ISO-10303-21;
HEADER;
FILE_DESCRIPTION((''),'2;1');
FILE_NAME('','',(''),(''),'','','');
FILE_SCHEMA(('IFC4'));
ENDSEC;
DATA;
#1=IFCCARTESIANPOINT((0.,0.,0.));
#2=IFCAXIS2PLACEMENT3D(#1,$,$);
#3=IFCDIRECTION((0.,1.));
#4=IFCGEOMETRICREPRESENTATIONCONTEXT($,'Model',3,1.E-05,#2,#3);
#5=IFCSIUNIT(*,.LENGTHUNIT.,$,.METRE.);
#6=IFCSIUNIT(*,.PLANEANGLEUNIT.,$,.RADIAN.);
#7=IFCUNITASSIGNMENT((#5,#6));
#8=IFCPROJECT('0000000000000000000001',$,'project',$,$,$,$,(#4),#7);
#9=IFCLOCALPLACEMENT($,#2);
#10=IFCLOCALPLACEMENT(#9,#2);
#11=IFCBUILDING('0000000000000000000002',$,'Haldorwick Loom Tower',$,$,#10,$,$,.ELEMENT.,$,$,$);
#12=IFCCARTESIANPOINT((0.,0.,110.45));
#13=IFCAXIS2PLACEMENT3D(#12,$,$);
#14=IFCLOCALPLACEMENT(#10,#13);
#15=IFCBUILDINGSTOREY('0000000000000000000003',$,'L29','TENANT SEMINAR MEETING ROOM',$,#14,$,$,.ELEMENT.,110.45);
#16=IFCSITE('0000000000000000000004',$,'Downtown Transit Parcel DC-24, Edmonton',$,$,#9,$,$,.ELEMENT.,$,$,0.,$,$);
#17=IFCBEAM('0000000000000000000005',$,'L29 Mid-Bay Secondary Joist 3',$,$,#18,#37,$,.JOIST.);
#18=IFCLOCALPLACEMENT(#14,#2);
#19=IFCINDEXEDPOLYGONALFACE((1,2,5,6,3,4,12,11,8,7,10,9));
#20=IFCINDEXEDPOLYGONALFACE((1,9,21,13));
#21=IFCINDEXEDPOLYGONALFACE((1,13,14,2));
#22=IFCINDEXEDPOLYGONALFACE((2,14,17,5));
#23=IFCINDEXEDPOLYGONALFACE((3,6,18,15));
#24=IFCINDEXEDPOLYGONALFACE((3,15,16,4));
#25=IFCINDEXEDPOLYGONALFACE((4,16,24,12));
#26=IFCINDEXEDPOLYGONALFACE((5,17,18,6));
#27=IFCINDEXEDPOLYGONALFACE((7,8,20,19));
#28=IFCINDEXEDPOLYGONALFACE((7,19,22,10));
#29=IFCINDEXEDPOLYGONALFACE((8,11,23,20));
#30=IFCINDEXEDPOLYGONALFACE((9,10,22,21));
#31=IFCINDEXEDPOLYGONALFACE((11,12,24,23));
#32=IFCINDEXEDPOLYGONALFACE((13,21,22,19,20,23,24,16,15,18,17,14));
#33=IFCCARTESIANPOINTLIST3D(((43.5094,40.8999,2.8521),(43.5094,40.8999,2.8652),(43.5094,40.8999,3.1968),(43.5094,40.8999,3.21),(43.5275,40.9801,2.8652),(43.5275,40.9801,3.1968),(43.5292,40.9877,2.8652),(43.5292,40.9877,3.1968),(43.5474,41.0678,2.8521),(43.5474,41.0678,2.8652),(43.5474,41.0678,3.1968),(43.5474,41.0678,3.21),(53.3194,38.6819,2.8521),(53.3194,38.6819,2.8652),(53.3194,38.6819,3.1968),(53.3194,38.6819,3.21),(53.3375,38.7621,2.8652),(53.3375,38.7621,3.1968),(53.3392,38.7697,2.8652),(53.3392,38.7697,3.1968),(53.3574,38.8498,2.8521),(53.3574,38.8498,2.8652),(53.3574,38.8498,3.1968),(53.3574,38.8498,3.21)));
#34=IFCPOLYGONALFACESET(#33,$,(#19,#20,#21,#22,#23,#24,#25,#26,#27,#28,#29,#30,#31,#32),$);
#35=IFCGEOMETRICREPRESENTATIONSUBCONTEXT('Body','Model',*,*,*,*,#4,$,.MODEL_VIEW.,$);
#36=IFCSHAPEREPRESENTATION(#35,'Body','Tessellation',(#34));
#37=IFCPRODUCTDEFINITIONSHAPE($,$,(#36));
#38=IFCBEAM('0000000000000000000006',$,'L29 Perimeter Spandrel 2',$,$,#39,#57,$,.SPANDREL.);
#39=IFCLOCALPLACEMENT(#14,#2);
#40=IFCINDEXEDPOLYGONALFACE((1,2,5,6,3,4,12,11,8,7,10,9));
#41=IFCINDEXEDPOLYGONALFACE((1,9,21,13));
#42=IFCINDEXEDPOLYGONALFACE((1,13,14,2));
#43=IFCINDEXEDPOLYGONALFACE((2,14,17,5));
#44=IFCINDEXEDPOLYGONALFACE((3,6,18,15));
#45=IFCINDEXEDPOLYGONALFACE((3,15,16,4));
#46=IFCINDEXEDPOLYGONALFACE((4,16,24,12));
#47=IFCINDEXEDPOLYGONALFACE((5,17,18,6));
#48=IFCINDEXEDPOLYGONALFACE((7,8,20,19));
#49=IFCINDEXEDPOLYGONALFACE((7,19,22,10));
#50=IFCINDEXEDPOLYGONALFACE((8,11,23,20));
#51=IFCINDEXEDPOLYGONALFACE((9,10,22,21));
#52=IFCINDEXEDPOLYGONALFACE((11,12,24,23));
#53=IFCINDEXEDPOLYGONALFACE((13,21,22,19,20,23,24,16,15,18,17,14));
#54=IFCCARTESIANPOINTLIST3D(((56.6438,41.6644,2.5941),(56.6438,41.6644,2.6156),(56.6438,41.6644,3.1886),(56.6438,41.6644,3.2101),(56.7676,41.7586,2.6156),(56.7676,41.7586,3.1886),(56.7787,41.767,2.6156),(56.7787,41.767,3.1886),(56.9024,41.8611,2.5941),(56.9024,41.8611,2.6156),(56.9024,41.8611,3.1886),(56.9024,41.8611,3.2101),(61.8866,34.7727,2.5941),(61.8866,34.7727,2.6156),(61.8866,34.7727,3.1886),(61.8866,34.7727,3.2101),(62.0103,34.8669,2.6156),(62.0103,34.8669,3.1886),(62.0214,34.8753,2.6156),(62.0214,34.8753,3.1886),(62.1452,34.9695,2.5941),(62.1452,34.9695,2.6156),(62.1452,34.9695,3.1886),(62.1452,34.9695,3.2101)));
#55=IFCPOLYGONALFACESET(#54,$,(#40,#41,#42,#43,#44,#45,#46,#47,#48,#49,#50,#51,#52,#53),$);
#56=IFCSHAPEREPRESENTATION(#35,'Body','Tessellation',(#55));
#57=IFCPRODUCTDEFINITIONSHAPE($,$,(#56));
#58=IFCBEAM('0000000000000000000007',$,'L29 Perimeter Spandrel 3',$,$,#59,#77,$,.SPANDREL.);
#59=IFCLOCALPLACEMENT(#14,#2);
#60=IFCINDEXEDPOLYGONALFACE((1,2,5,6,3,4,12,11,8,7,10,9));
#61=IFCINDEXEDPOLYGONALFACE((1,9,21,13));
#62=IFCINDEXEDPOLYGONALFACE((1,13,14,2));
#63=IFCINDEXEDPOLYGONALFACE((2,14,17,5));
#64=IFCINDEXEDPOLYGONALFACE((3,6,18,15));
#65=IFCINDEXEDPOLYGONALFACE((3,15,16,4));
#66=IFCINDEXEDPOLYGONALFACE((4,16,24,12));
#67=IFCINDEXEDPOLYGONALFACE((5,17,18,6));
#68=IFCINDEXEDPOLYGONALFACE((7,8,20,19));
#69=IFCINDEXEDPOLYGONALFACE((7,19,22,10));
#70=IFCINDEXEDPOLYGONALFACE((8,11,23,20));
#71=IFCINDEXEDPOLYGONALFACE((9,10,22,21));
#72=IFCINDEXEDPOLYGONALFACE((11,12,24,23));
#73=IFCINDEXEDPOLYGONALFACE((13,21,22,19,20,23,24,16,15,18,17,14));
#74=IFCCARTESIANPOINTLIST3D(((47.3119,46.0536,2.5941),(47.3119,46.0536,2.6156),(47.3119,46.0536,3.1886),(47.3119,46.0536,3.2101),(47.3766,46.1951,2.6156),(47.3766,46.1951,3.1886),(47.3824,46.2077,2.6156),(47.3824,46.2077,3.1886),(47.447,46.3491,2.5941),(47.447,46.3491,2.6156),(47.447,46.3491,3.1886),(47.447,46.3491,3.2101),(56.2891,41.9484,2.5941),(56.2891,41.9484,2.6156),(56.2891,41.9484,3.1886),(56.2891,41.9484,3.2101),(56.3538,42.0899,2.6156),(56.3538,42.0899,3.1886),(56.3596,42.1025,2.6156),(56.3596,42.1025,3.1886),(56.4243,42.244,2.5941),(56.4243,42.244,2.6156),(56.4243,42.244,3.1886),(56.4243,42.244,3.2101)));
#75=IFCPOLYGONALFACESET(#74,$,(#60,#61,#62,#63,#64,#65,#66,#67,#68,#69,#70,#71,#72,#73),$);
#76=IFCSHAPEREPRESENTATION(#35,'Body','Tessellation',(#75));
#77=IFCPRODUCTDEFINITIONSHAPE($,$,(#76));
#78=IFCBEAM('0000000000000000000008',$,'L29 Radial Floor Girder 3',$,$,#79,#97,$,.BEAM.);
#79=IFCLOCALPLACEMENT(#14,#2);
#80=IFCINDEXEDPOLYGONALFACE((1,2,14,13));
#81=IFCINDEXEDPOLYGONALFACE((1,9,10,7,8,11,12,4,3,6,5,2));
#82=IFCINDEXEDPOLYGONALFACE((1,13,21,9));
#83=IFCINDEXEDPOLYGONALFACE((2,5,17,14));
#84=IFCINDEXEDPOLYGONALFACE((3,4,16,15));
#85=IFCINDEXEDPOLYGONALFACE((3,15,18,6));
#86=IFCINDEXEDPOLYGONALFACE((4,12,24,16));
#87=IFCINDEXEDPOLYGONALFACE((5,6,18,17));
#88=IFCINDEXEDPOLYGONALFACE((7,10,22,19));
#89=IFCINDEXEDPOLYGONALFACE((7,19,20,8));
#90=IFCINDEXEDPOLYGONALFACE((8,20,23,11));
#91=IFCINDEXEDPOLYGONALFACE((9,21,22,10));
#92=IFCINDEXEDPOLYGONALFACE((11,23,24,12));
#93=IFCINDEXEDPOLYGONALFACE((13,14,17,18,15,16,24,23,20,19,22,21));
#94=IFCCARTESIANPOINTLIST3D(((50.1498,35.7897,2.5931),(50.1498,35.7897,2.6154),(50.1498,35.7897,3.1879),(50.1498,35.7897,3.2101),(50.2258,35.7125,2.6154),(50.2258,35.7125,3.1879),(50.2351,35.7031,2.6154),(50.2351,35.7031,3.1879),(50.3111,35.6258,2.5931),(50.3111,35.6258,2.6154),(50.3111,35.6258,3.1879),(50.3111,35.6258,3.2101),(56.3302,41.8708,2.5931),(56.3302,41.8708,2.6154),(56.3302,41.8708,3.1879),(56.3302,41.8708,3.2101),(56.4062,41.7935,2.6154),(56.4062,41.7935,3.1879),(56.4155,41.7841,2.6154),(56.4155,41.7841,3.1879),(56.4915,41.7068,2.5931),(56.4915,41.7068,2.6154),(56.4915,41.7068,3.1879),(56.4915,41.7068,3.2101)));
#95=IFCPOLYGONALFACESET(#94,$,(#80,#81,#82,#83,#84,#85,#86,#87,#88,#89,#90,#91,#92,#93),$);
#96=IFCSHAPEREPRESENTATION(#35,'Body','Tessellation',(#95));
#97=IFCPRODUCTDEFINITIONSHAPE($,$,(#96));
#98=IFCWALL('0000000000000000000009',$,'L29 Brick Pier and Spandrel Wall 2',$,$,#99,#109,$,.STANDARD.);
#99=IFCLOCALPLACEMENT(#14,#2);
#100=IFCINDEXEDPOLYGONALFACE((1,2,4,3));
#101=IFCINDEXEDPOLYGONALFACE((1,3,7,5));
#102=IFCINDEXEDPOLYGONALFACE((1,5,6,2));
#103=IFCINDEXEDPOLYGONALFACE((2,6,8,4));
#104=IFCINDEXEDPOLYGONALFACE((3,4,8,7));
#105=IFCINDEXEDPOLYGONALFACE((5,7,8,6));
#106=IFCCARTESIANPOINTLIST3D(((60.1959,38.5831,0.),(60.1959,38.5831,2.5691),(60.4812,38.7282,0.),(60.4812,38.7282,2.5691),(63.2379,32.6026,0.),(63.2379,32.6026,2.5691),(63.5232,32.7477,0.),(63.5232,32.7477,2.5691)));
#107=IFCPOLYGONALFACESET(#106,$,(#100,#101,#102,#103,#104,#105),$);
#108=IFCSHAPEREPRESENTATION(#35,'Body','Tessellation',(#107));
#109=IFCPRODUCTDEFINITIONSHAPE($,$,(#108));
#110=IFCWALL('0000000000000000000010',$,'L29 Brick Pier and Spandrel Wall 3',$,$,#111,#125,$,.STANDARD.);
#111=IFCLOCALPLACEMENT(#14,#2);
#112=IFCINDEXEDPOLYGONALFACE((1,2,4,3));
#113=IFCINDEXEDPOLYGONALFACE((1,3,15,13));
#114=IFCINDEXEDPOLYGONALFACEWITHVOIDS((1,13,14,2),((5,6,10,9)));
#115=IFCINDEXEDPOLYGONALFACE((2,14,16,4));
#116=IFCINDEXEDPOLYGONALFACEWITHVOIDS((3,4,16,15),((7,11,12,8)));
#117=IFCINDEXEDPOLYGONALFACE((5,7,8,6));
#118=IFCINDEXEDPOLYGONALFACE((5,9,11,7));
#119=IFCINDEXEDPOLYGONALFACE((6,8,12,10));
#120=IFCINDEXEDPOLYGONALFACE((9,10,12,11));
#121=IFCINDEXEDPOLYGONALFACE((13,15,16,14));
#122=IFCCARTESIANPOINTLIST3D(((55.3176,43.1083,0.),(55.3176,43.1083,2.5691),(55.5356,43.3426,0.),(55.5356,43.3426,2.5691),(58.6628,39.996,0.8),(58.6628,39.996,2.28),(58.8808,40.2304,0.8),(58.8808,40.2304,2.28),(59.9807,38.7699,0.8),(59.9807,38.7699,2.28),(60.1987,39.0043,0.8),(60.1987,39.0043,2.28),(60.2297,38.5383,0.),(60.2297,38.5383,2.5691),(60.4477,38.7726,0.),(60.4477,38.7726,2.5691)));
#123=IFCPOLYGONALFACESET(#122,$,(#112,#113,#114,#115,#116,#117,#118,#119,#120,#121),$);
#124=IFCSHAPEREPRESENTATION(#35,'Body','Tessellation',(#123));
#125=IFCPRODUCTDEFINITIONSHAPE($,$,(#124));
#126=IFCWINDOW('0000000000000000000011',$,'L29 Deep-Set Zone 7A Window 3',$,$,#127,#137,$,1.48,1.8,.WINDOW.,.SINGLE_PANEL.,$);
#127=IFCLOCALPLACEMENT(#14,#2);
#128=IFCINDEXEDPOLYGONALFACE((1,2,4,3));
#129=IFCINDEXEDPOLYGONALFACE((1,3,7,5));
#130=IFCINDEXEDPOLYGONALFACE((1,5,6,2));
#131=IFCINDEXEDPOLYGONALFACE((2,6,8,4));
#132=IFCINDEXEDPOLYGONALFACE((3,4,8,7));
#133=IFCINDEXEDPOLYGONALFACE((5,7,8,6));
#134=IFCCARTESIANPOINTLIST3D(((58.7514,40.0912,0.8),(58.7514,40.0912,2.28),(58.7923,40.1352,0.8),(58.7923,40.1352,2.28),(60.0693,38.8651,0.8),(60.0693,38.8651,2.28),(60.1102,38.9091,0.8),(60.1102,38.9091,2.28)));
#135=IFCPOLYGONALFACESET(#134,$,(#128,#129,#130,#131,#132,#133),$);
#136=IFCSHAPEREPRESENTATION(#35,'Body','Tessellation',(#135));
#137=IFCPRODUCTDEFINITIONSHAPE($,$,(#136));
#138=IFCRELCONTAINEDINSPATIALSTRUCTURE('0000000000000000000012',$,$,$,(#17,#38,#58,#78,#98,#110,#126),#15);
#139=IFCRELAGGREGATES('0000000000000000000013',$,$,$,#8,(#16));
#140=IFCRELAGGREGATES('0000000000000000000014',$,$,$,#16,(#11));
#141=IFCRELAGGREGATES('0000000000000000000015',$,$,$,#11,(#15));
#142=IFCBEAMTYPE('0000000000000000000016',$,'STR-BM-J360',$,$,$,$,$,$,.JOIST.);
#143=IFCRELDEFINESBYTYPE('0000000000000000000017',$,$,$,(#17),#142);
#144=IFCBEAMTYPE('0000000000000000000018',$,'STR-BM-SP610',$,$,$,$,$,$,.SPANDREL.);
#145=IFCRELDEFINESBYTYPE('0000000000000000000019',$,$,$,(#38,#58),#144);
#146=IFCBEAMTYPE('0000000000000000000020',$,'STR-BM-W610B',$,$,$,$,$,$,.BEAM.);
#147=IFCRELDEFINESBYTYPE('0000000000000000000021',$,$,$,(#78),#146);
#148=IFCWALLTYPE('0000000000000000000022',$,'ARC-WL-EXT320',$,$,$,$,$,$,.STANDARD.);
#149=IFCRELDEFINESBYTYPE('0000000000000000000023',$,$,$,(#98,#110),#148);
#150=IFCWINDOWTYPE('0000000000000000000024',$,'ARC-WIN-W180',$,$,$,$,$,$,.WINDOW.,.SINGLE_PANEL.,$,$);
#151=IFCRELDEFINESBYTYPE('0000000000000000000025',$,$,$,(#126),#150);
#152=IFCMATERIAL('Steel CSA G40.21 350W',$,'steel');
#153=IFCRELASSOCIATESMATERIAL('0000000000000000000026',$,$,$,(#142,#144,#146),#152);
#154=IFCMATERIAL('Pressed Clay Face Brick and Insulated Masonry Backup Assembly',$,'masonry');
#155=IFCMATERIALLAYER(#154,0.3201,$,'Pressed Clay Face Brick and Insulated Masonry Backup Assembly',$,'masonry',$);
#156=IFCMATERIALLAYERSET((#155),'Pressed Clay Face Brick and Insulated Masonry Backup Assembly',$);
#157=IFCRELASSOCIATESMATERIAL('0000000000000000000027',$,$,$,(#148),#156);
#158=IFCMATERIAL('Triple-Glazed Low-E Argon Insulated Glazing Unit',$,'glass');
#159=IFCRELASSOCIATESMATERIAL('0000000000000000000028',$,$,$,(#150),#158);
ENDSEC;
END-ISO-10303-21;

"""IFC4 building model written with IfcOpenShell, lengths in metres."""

from ifc_helpers import new_model, si_unit, direction, frame, frame_2d, origin, origin_2d, place, context, subcontext, project, spatial, rectangle, i_section, extrude, material, layer, layer_set, material_profile, profile_set, type_object, element, fill, save


model = new_model("IFC4")

# Units and contexts
model_context = context("Model", 3, precision=1e-05, world=origin(), true_north=direction((0.0, 1.0)))
body_context = subcontext(model_context, "Body", "Model", "MODEL_VIEW")
ifc_project = project(units=[si_unit("LENGTHUNIT", "METRE"), si_unit("PLANEANGLEUNIT", "RADIAN")], contexts=[model_context])

# Site, building, storey
site_placement = place(None, origin())
site = spatial("IfcSite", under=ifc_project, at=site_placement, Name="Downtown Transit Parcel DC-24, Edmonton", CompositionType="ELEMENT", RefElevation=0.0)
building_placement = place(site_placement, origin())
building = spatial("IfcBuilding", under=site, at=building_placement, Name="Haldorwick Loom Tower", CompositionType="ELEMENT")
storey_placement = place(building_placement, frame((0.0, 0.0, 110.45)))
storey = spatial("IfcBuildingStorey", under=building, at=storey_placement, Name="L29", Description="TENANT SEMINAR MEETING ROOM", CompositionType="ELEMENT", Elevation=110.45)

# Beams
ifc_material_1 = material(Name="Steel CSA G40.21 350W", Category="steel")
ifc_material_profile_1 = material_profile(ifc_material_1, i_section(OverallWidth=0.1721, OverallDepth=0.3579, WebThickness=0.0078, FlangeThickness=0.0132, at=origin_2d()), Name="W360X57", Category="steel")
ifc_profile_set_1 = profile_set([ifc_material_profile_1], Name="Steel CSA G40.21 350W")
beam_type_1 = type_object("IfcBeamType", Name="STR-BM-J360", PredefinedType="JOIST", material=ifc_profile_set_1)
beam_1_placement = place(storey_placement, frame((53.3384, 38.7659, 3.031), z_axis=(-0.97538, 0.22053, 0.0), x_axis=(-0.22053, -0.97538, 0.0)))
element("IfcBeam", 1, at=beam_1_placement, inside=storey, type_object=beam_type_1, Name="L29 Mid-Bay Secondary Joist 3", PredefinedType="JOIST", context=body_context, shape_type="SweptSolid", body=[
    extrude(i_section(OverallWidth=0.1721, OverallDepth=0.3579, WebThickness=0.0078, FlangeThickness=0.0132, at=origin_2d()), origin(), (0.0, 0.0, 1.0), 10.0576),
])
ifc_material_profile_2 = material_profile(ifc_material_1, i_section(OverallWidth=0.325, OverallDepth=0.616, WebThickness=0.0139, FlangeThickness=0.0215, at=origin_2d()), Name="W610X174", Category="steel")
ifc_profile_set_2 = profile_set([ifc_material_profile_2], Name="Steel CSA G40.21 350W")
beam_type_2 = type_object("IfcBeamType", Name="STR-BM-SP610", PredefinedType="SPANDREL", material=ifc_profile_set_2)
beam_2_placement = place(storey_placement, frame((62.0159, 34.8711, 2.9021), z_axis=(-0.605454, 0.795881, 0.0), x_axis=(-0.795881, -0.605454, 0.0)))
element("IfcBeam", 2, at=beam_2_placement, inside=storey, type_object=beam_type_2, Name="L29 Perimeter Spandrel 2", PredefinedType="SPANDREL", context=body_context, shape_type="SweptSolid", body=[
    extrude(i_section(OverallWidth=0.325, OverallDepth=0.616, WebThickness=0.0139, FlangeThickness=0.0215, at=origin_2d()), origin(), (0.0, 0.0, 1.0), 8.6592),
])
beam_3_placement = place(storey_placement, frame((56.3567, 42.0962, 2.9021), z_axis=(-0.909424, 0.41587, 0.0), x_axis=(-0.41587, -0.909424, 0.0)))
element("IfcBeam", 3, at=beam_3_placement, inside=storey, type_object=beam_type_2, Name="L29 Perimeter Spandrel 3", PredefinedType="SPANDREL", context=body_context, shape_type="SweptSolid", body=[
    extrude(i_section(OverallWidth=0.325, OverallDepth=0.616, WebThickness=0.0139, FlangeThickness=0.0215, at=origin_2d()), origin(), (0.0, 0.0, 1.0), 9.8713),
])
ifc_material_profile_3 = material_profile(ifc_material_1, i_section(OverallWidth=0.23, OverallDepth=0.6169, WebThickness=0.0132, FlangeThickness=0.0222, at=origin_2d()), Name="W610X140", Category="steel")
ifc_profile_set_3 = profile_set([ifc_material_profile_3], Name="Steel CSA G40.21 350W")
beam_type_3 = type_object("IfcBeamType", Name="STR-BM-W610B", PredefinedType="BEAM", material=ifc_profile_set_3)
beam_4_placement = place(storey_placement, frame((50.2305, 35.7078, 2.9016), z_axis=(0.712814, 0.701353, 0.0), x_axis=(-0.701353, 0.712814, 0.0)))
element("IfcBeam", 4, at=beam_4_placement, inside=storey, type_object=beam_type_3, Name="L29 Radial Floor Girder 3", PredefinedType="BEAM", context=body_context, shape_type="SweptSolid", body=[
    extrude(i_section(OverallWidth=0.23, OverallDepth=0.6169, WebThickness=0.0132, FlangeThickness=0.0222, at=origin_2d()), origin(), (0.0, 0.0, 1.0), 8.6704),
])

# Wall
ifc_material_2 = material(Name="Pressed Clay Face Brick and Insulated Masonry Backup Assembly", Category="masonry")
ifc_layer_1 = layer(ifc_material_2, 0.3201, Name="Pressed Clay Face Brick and Insulated Masonry Backup Assembly", Category="masonry")
ifc_layer_set_1 = layer_set([ifc_layer_1], Name="Pressed Clay Face Brick and Insulated Masonry Backup Assembly")
wall_type_1 = type_object("IfcWallType", Name="ARC-WL-EXT320", PredefinedType="STANDARD", material=ifc_layer_set_1)
wall_1_placement = place(storey_placement, frame((63.3806, 32.675, 0.0), z_axis=(0.0, 0.0, 1.0), x_axis=(-0.453374, 0.89132, 0.0)))
element("IfcWall", 5, at=wall_1_placement, inside=storey, type_object=wall_type_1, Name="L29 Brick Pier and Spandrel Wall 2", PredefinedType="STANDARD", context=body_context, shape_type="SweptSolid", body=[
    extrude(rectangle(XDim=6.7097, YDim=0.3201, at=frame_2d((3.355, 0.0))), origin(), (0.0, 0.0, 1.0), 2.5691),
])

# Wall, opening, window
wall_2_placement = place(storey_placement, frame((60.3386, 38.6555, 0.0), z_axis=(0.0, 0.0, 1.0), x_axis=(-0.732137, 0.681157, 0.0)))
wall_2 = element("IfcWall", 6, at=wall_2_placement, inside=storey, type_object=wall_type_1, Name="L29 Brick Pier and Spandrel Wall 3", PredefinedType="STANDARD", context=body_context, shape_type="SweptSolid", body=[
    extrude(rectangle(XDim=6.7092, YDim=0.3201, at=frame_2d((3.3545, 0.0))), origin(), (0.0, 0.0, 1.0), 2.5691),
])
opening_1_placement = place(wall_2_placement, frame((0.3401, 0.0, 0.8)))
opening_1 = element("IfcOpeningElement", 7, at=opening_1_placement, cuts=wall_2, PredefinedType="OPENING", context=body_context, shape_type="SweptSolid", body=[
    extrude(rectangle(XDim=1.8, YDim=1.48, at=frame_2d((0.8999, 0.74))), frame((0.0, 0.1699, 0.0), z_axis=(0.0, -1.0, 0.0), x_axis=(1.0, 0.0, 0.0)), (0.0, 0.0, 1.0), 0.3401),
])
ifc_material_3 = material(Name="Triple-Glazed Low-E Argon Insulated Glazing Unit", Category="glass")
window_type = type_object("IfcWindowType", Name="ARC-WIN-W180", PartitioningType="SINGLE_PANEL", PredefinedType="WINDOW", material=ifc_material_3)
window_1_placement = place(opening_1_placement, origin())
window_1 = element("IfcWindow", 8, at=window_1_placement, inside=storey, type_object=window_type, Name="L29 Deep-Set Zone 7A Window 3", OverallHeight=1.48, OverallWidth=1.8, PartitioningType="SINGLE_PANEL", PredefinedType="WINDOW", context=body_context, shape_type="SweptSolid", body=[
    extrude(rectangle(XDim=1.8, YDim=1.48, at=frame_2d((0.8999, 0.74))), frame((0.0, 0.03, 0.0), z_axis=(0.0, -1.0, 0.0), x_axis=(1.0, 0.0, 0.0)), (0.0, 0.0, 1.0), 0.0601),
])
fill(opening_1, window_1)

save(model, "model.ifc")
